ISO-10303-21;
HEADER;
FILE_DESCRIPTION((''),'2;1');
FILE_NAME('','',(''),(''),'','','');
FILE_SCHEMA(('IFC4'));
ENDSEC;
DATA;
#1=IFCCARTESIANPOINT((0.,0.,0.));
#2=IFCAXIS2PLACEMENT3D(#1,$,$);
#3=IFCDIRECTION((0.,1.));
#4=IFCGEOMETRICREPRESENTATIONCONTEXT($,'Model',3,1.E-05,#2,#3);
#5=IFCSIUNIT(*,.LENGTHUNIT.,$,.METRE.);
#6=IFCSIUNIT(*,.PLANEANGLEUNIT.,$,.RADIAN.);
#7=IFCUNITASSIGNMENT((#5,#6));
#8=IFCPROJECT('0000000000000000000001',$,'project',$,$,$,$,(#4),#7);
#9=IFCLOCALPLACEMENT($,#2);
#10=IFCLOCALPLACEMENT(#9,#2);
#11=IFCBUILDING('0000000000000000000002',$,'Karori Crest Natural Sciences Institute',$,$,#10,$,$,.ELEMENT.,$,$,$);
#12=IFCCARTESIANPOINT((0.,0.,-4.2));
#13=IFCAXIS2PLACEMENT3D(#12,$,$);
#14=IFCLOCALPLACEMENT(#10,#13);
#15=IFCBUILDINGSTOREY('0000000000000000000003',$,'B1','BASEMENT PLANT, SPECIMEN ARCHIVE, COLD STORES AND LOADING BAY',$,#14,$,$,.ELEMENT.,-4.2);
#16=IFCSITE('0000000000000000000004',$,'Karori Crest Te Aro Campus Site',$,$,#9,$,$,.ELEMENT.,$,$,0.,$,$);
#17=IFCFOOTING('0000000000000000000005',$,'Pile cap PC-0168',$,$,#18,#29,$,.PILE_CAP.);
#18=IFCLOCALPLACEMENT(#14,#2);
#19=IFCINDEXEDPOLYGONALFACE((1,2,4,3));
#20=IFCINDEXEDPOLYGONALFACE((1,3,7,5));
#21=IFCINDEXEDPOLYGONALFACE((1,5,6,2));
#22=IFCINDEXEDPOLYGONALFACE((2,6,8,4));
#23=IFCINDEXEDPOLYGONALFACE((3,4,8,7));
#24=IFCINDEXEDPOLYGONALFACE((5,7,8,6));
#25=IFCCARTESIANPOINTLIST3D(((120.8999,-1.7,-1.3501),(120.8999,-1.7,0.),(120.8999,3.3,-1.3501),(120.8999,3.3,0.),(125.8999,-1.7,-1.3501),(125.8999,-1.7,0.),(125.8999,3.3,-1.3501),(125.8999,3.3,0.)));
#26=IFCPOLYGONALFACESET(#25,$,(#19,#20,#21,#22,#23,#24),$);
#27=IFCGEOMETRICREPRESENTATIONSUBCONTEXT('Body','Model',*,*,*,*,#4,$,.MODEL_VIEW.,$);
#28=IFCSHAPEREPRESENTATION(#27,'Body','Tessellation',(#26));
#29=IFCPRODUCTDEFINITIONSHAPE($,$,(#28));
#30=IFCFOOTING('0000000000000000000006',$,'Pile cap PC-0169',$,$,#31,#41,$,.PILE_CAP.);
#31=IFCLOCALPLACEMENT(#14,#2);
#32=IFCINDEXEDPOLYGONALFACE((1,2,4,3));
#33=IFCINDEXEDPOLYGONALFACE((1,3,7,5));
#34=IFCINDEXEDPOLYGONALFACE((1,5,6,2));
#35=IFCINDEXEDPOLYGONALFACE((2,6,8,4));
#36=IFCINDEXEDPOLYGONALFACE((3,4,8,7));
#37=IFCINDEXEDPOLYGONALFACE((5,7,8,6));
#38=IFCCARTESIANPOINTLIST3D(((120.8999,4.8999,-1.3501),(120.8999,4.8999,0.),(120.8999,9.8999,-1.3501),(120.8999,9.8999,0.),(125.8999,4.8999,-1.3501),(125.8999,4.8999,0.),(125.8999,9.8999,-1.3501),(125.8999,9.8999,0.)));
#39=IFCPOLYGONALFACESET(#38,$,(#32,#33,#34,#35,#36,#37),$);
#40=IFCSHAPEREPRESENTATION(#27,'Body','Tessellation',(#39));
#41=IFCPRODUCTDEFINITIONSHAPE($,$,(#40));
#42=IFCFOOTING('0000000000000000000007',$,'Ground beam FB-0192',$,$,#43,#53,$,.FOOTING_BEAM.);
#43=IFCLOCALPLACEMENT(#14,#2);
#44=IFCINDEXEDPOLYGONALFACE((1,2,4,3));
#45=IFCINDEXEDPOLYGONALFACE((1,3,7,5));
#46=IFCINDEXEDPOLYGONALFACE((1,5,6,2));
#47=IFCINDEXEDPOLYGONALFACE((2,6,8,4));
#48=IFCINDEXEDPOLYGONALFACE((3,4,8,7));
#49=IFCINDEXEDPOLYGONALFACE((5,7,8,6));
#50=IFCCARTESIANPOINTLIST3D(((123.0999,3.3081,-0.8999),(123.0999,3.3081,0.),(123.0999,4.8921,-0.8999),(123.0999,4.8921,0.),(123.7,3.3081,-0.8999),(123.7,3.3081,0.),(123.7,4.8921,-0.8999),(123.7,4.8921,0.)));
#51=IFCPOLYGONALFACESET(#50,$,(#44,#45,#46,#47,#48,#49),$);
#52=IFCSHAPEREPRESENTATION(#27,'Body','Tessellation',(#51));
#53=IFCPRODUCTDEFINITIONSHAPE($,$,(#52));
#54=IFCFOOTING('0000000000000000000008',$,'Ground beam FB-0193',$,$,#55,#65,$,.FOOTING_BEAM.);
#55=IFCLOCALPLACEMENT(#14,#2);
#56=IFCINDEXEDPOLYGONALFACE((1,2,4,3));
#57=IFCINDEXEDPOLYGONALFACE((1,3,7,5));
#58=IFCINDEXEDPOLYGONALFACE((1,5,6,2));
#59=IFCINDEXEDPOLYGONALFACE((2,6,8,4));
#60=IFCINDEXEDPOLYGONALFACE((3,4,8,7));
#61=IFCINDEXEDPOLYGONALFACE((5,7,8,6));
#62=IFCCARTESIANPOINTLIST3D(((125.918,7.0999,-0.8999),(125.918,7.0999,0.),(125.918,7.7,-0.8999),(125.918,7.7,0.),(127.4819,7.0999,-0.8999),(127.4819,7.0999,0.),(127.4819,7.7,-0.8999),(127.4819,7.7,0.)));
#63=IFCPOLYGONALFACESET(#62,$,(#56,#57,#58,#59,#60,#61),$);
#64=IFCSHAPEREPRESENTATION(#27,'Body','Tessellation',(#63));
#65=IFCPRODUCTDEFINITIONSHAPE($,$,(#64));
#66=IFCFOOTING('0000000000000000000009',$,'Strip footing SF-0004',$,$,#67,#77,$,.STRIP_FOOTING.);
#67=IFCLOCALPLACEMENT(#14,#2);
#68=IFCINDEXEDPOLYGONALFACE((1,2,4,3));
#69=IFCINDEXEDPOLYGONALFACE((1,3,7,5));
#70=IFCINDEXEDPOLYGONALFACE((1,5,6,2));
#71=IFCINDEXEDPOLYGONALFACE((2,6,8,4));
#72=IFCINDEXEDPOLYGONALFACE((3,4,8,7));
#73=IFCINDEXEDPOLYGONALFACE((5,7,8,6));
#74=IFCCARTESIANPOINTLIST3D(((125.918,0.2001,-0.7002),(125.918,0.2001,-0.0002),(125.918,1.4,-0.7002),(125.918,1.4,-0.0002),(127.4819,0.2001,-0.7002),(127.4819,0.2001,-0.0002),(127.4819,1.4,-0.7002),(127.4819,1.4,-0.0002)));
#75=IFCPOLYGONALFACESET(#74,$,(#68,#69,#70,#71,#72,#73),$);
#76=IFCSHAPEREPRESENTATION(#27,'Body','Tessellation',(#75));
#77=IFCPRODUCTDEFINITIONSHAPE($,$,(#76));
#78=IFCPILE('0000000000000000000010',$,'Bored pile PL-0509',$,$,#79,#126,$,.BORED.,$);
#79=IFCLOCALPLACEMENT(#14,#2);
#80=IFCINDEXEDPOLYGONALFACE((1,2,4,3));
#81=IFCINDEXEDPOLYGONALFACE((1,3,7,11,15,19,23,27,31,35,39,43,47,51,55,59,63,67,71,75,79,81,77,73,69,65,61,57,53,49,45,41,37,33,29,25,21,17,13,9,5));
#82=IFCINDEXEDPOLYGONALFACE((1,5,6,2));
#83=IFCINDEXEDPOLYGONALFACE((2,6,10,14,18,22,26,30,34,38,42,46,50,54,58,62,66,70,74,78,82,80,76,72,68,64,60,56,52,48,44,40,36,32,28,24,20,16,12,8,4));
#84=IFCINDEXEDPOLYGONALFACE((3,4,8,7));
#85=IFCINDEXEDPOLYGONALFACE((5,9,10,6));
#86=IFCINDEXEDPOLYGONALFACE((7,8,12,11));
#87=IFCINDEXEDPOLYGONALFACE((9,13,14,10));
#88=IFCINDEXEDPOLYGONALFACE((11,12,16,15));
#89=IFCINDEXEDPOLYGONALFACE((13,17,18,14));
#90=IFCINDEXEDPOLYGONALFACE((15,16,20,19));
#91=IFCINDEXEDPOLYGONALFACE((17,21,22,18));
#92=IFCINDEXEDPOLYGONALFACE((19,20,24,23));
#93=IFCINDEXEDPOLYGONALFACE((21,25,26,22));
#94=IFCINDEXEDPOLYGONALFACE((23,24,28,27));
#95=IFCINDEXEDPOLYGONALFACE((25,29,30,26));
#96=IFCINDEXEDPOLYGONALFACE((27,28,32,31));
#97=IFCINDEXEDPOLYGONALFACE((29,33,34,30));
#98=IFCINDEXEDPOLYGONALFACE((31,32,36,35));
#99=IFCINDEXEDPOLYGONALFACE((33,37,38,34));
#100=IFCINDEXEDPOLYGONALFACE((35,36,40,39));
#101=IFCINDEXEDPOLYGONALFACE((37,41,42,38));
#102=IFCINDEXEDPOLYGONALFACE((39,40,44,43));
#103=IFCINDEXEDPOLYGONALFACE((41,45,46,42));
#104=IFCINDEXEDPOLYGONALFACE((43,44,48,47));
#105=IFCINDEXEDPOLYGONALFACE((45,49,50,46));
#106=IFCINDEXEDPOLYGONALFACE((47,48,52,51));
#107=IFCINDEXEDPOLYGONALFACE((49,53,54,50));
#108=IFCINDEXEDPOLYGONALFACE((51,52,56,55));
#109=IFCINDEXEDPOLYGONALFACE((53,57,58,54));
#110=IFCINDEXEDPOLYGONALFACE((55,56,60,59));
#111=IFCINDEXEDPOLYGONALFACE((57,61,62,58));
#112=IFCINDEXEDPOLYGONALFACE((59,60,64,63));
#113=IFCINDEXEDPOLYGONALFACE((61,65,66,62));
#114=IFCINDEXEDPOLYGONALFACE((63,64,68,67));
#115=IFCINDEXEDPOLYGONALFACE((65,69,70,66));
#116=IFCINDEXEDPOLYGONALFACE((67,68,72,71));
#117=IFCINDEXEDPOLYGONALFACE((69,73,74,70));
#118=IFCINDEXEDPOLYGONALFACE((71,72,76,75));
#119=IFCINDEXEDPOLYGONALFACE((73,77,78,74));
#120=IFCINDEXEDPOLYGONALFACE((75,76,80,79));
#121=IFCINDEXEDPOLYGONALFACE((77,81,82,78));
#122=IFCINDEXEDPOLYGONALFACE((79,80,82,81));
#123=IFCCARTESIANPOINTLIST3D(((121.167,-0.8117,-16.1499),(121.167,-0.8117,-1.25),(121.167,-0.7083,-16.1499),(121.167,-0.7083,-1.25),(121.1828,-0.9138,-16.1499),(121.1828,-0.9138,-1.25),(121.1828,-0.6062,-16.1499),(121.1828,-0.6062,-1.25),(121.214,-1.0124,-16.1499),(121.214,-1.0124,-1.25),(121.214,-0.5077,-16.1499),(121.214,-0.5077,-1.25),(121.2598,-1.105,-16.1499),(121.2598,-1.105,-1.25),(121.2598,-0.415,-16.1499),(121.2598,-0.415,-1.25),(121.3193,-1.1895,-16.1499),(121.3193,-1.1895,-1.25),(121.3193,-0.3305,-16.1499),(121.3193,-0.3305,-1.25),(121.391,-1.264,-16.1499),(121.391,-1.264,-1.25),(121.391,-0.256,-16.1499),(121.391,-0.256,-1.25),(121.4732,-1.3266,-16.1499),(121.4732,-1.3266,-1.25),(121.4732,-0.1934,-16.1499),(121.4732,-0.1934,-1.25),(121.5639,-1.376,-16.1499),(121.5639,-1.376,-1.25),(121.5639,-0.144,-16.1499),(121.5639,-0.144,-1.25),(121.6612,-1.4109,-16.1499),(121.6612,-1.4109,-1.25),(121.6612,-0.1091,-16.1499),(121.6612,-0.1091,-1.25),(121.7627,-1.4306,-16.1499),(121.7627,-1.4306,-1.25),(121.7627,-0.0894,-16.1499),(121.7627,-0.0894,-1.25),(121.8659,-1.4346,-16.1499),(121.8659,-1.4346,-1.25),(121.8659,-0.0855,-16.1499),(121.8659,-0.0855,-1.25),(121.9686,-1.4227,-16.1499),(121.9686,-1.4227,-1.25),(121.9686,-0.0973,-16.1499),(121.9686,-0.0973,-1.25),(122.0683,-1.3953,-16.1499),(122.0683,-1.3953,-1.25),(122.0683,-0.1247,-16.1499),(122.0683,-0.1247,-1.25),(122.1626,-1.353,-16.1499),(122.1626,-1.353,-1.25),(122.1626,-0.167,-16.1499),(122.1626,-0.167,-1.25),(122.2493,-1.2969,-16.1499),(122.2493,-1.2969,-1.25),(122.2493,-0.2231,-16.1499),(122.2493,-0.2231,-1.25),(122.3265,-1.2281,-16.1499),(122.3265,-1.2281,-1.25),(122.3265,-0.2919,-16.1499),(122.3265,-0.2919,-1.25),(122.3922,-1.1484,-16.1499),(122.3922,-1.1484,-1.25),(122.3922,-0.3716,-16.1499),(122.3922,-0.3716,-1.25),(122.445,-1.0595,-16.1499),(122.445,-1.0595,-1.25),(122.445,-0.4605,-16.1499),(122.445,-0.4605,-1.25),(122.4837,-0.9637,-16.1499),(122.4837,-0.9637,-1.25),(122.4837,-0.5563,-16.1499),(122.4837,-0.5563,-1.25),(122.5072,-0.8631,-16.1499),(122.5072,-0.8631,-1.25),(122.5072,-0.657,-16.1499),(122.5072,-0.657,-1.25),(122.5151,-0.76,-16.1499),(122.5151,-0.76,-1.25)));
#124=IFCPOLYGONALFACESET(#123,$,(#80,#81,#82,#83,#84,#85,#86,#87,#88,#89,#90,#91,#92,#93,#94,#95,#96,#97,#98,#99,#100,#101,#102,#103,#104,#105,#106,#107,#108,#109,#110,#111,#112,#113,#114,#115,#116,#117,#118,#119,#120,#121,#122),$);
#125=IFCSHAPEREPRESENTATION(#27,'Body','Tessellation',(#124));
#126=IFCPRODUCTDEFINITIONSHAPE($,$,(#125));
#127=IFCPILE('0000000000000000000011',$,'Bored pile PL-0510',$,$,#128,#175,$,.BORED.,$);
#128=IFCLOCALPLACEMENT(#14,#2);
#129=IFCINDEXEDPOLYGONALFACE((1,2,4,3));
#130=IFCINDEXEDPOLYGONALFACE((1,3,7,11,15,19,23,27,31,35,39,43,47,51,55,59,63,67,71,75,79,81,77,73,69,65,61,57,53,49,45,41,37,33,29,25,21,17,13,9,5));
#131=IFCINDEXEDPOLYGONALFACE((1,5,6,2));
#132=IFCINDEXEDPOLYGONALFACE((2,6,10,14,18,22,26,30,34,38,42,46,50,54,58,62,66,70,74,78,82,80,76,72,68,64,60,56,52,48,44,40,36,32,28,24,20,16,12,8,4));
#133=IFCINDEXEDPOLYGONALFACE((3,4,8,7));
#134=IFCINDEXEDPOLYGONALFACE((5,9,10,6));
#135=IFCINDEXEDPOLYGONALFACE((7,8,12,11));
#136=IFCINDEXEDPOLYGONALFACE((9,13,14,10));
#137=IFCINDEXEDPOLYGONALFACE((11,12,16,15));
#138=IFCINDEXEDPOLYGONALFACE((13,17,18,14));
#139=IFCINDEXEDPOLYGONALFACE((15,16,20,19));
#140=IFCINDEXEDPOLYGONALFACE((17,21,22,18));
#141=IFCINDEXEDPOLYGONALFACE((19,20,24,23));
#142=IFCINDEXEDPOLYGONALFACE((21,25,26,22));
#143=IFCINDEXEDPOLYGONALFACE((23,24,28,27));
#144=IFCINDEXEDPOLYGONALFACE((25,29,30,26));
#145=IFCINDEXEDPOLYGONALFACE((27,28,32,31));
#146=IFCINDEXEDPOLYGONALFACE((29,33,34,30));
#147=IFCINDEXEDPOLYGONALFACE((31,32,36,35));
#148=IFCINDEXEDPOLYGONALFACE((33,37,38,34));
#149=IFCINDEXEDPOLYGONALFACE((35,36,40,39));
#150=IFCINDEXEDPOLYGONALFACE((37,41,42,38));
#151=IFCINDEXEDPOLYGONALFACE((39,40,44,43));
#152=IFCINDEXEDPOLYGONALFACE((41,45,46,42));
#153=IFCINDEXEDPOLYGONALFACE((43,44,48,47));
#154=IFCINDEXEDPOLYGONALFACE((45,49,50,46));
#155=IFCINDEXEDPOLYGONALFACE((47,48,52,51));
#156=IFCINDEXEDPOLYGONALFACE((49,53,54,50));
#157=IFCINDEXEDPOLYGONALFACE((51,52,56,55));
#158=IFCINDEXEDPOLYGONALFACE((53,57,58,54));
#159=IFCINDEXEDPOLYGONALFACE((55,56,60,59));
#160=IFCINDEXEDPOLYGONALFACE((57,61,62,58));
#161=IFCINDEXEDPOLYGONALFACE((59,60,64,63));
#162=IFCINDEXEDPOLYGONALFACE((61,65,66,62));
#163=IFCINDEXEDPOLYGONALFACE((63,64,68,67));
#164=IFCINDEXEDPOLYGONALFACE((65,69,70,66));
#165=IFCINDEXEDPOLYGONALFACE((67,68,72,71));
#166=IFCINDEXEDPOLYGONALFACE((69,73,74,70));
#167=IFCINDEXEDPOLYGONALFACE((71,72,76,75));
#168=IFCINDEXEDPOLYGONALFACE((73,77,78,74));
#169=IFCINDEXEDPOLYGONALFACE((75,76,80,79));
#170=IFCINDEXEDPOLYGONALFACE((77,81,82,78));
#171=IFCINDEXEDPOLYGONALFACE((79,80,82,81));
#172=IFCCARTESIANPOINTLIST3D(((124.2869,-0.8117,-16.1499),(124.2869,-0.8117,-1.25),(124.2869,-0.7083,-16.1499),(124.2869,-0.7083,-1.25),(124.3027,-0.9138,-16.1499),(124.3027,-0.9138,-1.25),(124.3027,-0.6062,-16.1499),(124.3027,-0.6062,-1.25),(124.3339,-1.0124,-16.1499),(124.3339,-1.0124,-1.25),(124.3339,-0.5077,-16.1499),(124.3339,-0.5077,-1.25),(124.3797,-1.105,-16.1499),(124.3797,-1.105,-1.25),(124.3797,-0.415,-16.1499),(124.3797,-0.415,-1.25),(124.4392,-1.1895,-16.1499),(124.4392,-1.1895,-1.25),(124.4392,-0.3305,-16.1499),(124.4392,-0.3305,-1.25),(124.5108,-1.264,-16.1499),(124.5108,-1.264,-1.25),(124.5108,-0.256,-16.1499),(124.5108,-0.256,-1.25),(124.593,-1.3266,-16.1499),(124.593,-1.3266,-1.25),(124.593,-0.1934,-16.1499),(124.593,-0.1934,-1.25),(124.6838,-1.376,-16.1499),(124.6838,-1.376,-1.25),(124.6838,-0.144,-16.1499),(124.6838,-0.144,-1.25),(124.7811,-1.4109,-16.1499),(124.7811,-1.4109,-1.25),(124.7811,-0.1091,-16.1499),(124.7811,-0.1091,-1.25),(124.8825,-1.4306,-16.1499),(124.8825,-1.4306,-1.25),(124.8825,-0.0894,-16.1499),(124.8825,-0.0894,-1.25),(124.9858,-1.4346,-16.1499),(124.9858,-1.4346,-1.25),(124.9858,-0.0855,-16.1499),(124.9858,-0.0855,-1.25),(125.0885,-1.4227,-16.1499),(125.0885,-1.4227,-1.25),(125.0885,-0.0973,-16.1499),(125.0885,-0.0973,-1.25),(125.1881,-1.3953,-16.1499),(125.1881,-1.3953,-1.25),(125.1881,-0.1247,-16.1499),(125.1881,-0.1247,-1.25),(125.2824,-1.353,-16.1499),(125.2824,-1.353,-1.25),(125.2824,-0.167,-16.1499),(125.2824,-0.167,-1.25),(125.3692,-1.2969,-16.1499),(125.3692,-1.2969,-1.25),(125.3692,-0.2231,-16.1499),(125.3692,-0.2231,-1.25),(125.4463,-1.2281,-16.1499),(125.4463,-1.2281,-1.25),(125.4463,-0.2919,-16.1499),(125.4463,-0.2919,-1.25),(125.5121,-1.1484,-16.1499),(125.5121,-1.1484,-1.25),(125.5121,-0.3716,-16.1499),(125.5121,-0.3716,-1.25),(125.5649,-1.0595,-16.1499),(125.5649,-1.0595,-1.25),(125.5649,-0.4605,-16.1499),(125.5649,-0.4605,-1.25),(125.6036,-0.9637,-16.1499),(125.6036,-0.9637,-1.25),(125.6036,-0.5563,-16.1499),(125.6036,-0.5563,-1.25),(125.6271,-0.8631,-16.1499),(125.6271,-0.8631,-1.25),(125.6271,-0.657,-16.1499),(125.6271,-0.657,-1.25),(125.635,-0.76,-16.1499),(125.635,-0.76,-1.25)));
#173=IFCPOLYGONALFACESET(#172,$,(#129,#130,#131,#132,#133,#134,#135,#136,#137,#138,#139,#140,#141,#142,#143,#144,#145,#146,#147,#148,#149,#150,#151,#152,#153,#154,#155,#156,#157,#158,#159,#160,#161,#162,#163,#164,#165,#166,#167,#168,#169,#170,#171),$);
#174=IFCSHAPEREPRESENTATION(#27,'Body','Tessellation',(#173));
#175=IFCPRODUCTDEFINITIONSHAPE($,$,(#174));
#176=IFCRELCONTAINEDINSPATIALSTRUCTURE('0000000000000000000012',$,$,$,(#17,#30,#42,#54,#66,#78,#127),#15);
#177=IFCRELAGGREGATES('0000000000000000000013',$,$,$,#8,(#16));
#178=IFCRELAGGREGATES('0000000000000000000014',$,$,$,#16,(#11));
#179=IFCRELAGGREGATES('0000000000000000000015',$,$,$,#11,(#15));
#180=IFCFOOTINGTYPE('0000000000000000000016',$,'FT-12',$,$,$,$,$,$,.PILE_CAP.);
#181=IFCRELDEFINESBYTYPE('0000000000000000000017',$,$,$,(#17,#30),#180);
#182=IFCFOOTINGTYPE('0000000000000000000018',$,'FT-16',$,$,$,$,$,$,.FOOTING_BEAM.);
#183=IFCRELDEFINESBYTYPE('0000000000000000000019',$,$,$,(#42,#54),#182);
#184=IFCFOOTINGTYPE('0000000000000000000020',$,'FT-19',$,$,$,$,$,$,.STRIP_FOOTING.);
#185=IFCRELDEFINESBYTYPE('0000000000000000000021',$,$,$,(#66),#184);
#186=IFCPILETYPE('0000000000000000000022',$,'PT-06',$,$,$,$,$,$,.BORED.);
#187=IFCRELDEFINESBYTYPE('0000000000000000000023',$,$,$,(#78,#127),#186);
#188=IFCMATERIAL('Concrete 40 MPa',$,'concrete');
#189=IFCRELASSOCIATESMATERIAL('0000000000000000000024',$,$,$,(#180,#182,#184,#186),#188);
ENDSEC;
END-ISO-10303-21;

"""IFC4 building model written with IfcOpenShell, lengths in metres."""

from ifc_helpers import new_model, si_unit, direction, frame, origin, origin_2d, place, context, subcontext, project, spatial, rectangle, circle, extrude, material, material_profile, profile_set, type_object, element, save


model = new_model("IFC4")

# Units and contexts
model_context = context("Model", 3, precision=1e-05, world=origin(), true_north=direction((0.0, 1.0)))
body_context = subcontext(model_context, "Body", "Model", "MODEL_VIEW")
ifc_project = project(units=[si_unit("LENGTHUNIT", "METRE"), si_unit("PLANEANGLEUNIT", "RADIAN")], contexts=[model_context])

# Site, building, storey
site_placement = place(None, origin())
site = spatial("IfcSite", under=ifc_project, at=site_placement, Name="Karori Crest Te Aro Campus Site", CompositionType="ELEMENT", RefElevation=0.0)
building_placement = place(site_placement, origin())
building = spatial("IfcBuilding", under=site, at=building_placement, Name="Karori Crest Natural Sciences Institute", CompositionType="ELEMENT")
storey_placement = place(building_placement, frame((0.0, 0.0, -4.2)))
storey = spatial("IfcBuildingStorey", under=building, at=storey_placement, Name="B1", Description="BASEMENT PLANT, SPECIMEN ARCHIVE, COLD STORES AND LOADING BAY", CompositionType="ELEMENT", Elevation=-4.2)

# Footings
ifc_material_1 = material(Name="Concrete 40 MPa", Category="concrete")
footing_type_1 = type_object("IfcFootingType", Name="FT-12", PredefinedType="PILE_CAP", material=ifc_material_1)
for number, where, z_axis, x_axis, name in (
    (1, (123.3999, 0.8, -1.3501), (0.0, 0.0, 1.0), (1.0, 0.0, 0.0), "Pile cap PC-0168"),
    (2, (123.3999, 7.3999, -1.3501), (0.0, 0.0, 1.0), (1.0, 0.0, 0.0), "Pile cap PC-0169"),
):
    element("IfcFooting", number, at=place(storey_placement, frame(where, z_axis=z_axis, x_axis=x_axis)), inside=storey, type_object=footing_type_1, Name=name, PredefinedType="PILE_CAP", context=body_context, shape_type="SweptSolid", body=[
        extrude(rectangle(XDim=5.0, YDim=5.0, at=origin_2d()), origin(), (0.0, 0.0, 1.0), 1.3501),
    ])
footing_type_2 = type_object("IfcFootingType", Name="FT-16", PredefinedType="FOOTING_BEAM", material=ifc_material_1)
footing_1_placement = place(storey_placement, frame((123.3999, 4.1001, -0.8999), z_axis=(0.0, 0.0, 1.0), x_axis=(0.0, 1.0, 0.0)))
element("IfcFooting", 3, at=footing_1_placement, inside=storey, type_object=footing_type_2, Name="Ground beam FB-0192", PredefinedType="FOOTING_BEAM", context=body_context, shape_type="SweptSolid", body=[
    extrude(rectangle(XDim=1.584, YDim=0.6001, at=origin_2d()), origin(), (0.0, 0.0, 1.0), 0.8999),
])
footing_2_placement = place(storey_placement, frame((126.7, 7.3999, -0.8999), z_axis=(0.0, 0.0, 1.0), x_axis=(1.0, 0.0, 0.0)))
element("IfcFooting", 4, at=footing_2_placement, inside=storey, type_object=footing_type_2, Name="Ground beam FB-0193", PredefinedType="FOOTING_BEAM", context=body_context, shape_type="SweptSolid", body=[
    extrude(rectangle(XDim=1.564, YDim=0.6001, at=origin_2d()), origin(), (0.0, 0.0, 1.0), 0.8999),
])
footing_type_3 = type_object("IfcFootingType", Name="FT-19", PredefinedType="STRIP_FOOTING", material=ifc_material_1)
footing_3_placement = place(storey_placement, frame((126.7, 0.8, -0.7002), z_axis=(0.0, 0.0, 1.0), x_axis=(1.0, 0.0, 0.0)))
element("IfcFooting", 5, at=footing_3_placement, inside=storey, type_object=footing_type_3, Name="Strip footing SF-0004", PredefinedType="STRIP_FOOTING", context=body_context, shape_type="SweptSolid", body=[
    extrude(rectangle(XDim=1.564, YDim=1.2, at=origin_2d()), origin(), (0.0, 0.0, 1.0), 0.7),
])

# Piles
ifc_material_profile_1 = material_profile(ifc_material_1, circle(Radius=0.675, at=origin_2d()), Name="PILE1350")
ifc_profile_set_1 = profile_set([ifc_material_profile_1], Name="Concrete 40 MPa")
pile_type = type_object("IfcPileType", Name="PT-06", PredefinedType="BORED", material=ifc_profile_set_1)
for number, where, z_axis, x_axis, name in (
    (6, (121.8401, -0.76, -1.25), (0.0, 0.0, -1.0), (1.0, 0.0, 0.0), "Bored pile PL-0509"),
    (7, (124.96, -0.76, -1.25), (0.0, 0.0, -1.0), (1.0, 0.0, 0.0), "Bored pile PL-0510"),
):
    element("IfcPile", number, at=place(storey_placement, frame(where, z_axis=z_axis, x_axis=x_axis)), inside=storey, type_object=pile_type, Name=name, PredefinedType="BORED", context=body_context, shape_type="SweptSolid", body=[
        extrude(circle(Radius=0.675, at=origin_2d()), origin(), (0.0, 0.0, 1.0), 14.8999),
    ])

save(model, "model.ifc")
